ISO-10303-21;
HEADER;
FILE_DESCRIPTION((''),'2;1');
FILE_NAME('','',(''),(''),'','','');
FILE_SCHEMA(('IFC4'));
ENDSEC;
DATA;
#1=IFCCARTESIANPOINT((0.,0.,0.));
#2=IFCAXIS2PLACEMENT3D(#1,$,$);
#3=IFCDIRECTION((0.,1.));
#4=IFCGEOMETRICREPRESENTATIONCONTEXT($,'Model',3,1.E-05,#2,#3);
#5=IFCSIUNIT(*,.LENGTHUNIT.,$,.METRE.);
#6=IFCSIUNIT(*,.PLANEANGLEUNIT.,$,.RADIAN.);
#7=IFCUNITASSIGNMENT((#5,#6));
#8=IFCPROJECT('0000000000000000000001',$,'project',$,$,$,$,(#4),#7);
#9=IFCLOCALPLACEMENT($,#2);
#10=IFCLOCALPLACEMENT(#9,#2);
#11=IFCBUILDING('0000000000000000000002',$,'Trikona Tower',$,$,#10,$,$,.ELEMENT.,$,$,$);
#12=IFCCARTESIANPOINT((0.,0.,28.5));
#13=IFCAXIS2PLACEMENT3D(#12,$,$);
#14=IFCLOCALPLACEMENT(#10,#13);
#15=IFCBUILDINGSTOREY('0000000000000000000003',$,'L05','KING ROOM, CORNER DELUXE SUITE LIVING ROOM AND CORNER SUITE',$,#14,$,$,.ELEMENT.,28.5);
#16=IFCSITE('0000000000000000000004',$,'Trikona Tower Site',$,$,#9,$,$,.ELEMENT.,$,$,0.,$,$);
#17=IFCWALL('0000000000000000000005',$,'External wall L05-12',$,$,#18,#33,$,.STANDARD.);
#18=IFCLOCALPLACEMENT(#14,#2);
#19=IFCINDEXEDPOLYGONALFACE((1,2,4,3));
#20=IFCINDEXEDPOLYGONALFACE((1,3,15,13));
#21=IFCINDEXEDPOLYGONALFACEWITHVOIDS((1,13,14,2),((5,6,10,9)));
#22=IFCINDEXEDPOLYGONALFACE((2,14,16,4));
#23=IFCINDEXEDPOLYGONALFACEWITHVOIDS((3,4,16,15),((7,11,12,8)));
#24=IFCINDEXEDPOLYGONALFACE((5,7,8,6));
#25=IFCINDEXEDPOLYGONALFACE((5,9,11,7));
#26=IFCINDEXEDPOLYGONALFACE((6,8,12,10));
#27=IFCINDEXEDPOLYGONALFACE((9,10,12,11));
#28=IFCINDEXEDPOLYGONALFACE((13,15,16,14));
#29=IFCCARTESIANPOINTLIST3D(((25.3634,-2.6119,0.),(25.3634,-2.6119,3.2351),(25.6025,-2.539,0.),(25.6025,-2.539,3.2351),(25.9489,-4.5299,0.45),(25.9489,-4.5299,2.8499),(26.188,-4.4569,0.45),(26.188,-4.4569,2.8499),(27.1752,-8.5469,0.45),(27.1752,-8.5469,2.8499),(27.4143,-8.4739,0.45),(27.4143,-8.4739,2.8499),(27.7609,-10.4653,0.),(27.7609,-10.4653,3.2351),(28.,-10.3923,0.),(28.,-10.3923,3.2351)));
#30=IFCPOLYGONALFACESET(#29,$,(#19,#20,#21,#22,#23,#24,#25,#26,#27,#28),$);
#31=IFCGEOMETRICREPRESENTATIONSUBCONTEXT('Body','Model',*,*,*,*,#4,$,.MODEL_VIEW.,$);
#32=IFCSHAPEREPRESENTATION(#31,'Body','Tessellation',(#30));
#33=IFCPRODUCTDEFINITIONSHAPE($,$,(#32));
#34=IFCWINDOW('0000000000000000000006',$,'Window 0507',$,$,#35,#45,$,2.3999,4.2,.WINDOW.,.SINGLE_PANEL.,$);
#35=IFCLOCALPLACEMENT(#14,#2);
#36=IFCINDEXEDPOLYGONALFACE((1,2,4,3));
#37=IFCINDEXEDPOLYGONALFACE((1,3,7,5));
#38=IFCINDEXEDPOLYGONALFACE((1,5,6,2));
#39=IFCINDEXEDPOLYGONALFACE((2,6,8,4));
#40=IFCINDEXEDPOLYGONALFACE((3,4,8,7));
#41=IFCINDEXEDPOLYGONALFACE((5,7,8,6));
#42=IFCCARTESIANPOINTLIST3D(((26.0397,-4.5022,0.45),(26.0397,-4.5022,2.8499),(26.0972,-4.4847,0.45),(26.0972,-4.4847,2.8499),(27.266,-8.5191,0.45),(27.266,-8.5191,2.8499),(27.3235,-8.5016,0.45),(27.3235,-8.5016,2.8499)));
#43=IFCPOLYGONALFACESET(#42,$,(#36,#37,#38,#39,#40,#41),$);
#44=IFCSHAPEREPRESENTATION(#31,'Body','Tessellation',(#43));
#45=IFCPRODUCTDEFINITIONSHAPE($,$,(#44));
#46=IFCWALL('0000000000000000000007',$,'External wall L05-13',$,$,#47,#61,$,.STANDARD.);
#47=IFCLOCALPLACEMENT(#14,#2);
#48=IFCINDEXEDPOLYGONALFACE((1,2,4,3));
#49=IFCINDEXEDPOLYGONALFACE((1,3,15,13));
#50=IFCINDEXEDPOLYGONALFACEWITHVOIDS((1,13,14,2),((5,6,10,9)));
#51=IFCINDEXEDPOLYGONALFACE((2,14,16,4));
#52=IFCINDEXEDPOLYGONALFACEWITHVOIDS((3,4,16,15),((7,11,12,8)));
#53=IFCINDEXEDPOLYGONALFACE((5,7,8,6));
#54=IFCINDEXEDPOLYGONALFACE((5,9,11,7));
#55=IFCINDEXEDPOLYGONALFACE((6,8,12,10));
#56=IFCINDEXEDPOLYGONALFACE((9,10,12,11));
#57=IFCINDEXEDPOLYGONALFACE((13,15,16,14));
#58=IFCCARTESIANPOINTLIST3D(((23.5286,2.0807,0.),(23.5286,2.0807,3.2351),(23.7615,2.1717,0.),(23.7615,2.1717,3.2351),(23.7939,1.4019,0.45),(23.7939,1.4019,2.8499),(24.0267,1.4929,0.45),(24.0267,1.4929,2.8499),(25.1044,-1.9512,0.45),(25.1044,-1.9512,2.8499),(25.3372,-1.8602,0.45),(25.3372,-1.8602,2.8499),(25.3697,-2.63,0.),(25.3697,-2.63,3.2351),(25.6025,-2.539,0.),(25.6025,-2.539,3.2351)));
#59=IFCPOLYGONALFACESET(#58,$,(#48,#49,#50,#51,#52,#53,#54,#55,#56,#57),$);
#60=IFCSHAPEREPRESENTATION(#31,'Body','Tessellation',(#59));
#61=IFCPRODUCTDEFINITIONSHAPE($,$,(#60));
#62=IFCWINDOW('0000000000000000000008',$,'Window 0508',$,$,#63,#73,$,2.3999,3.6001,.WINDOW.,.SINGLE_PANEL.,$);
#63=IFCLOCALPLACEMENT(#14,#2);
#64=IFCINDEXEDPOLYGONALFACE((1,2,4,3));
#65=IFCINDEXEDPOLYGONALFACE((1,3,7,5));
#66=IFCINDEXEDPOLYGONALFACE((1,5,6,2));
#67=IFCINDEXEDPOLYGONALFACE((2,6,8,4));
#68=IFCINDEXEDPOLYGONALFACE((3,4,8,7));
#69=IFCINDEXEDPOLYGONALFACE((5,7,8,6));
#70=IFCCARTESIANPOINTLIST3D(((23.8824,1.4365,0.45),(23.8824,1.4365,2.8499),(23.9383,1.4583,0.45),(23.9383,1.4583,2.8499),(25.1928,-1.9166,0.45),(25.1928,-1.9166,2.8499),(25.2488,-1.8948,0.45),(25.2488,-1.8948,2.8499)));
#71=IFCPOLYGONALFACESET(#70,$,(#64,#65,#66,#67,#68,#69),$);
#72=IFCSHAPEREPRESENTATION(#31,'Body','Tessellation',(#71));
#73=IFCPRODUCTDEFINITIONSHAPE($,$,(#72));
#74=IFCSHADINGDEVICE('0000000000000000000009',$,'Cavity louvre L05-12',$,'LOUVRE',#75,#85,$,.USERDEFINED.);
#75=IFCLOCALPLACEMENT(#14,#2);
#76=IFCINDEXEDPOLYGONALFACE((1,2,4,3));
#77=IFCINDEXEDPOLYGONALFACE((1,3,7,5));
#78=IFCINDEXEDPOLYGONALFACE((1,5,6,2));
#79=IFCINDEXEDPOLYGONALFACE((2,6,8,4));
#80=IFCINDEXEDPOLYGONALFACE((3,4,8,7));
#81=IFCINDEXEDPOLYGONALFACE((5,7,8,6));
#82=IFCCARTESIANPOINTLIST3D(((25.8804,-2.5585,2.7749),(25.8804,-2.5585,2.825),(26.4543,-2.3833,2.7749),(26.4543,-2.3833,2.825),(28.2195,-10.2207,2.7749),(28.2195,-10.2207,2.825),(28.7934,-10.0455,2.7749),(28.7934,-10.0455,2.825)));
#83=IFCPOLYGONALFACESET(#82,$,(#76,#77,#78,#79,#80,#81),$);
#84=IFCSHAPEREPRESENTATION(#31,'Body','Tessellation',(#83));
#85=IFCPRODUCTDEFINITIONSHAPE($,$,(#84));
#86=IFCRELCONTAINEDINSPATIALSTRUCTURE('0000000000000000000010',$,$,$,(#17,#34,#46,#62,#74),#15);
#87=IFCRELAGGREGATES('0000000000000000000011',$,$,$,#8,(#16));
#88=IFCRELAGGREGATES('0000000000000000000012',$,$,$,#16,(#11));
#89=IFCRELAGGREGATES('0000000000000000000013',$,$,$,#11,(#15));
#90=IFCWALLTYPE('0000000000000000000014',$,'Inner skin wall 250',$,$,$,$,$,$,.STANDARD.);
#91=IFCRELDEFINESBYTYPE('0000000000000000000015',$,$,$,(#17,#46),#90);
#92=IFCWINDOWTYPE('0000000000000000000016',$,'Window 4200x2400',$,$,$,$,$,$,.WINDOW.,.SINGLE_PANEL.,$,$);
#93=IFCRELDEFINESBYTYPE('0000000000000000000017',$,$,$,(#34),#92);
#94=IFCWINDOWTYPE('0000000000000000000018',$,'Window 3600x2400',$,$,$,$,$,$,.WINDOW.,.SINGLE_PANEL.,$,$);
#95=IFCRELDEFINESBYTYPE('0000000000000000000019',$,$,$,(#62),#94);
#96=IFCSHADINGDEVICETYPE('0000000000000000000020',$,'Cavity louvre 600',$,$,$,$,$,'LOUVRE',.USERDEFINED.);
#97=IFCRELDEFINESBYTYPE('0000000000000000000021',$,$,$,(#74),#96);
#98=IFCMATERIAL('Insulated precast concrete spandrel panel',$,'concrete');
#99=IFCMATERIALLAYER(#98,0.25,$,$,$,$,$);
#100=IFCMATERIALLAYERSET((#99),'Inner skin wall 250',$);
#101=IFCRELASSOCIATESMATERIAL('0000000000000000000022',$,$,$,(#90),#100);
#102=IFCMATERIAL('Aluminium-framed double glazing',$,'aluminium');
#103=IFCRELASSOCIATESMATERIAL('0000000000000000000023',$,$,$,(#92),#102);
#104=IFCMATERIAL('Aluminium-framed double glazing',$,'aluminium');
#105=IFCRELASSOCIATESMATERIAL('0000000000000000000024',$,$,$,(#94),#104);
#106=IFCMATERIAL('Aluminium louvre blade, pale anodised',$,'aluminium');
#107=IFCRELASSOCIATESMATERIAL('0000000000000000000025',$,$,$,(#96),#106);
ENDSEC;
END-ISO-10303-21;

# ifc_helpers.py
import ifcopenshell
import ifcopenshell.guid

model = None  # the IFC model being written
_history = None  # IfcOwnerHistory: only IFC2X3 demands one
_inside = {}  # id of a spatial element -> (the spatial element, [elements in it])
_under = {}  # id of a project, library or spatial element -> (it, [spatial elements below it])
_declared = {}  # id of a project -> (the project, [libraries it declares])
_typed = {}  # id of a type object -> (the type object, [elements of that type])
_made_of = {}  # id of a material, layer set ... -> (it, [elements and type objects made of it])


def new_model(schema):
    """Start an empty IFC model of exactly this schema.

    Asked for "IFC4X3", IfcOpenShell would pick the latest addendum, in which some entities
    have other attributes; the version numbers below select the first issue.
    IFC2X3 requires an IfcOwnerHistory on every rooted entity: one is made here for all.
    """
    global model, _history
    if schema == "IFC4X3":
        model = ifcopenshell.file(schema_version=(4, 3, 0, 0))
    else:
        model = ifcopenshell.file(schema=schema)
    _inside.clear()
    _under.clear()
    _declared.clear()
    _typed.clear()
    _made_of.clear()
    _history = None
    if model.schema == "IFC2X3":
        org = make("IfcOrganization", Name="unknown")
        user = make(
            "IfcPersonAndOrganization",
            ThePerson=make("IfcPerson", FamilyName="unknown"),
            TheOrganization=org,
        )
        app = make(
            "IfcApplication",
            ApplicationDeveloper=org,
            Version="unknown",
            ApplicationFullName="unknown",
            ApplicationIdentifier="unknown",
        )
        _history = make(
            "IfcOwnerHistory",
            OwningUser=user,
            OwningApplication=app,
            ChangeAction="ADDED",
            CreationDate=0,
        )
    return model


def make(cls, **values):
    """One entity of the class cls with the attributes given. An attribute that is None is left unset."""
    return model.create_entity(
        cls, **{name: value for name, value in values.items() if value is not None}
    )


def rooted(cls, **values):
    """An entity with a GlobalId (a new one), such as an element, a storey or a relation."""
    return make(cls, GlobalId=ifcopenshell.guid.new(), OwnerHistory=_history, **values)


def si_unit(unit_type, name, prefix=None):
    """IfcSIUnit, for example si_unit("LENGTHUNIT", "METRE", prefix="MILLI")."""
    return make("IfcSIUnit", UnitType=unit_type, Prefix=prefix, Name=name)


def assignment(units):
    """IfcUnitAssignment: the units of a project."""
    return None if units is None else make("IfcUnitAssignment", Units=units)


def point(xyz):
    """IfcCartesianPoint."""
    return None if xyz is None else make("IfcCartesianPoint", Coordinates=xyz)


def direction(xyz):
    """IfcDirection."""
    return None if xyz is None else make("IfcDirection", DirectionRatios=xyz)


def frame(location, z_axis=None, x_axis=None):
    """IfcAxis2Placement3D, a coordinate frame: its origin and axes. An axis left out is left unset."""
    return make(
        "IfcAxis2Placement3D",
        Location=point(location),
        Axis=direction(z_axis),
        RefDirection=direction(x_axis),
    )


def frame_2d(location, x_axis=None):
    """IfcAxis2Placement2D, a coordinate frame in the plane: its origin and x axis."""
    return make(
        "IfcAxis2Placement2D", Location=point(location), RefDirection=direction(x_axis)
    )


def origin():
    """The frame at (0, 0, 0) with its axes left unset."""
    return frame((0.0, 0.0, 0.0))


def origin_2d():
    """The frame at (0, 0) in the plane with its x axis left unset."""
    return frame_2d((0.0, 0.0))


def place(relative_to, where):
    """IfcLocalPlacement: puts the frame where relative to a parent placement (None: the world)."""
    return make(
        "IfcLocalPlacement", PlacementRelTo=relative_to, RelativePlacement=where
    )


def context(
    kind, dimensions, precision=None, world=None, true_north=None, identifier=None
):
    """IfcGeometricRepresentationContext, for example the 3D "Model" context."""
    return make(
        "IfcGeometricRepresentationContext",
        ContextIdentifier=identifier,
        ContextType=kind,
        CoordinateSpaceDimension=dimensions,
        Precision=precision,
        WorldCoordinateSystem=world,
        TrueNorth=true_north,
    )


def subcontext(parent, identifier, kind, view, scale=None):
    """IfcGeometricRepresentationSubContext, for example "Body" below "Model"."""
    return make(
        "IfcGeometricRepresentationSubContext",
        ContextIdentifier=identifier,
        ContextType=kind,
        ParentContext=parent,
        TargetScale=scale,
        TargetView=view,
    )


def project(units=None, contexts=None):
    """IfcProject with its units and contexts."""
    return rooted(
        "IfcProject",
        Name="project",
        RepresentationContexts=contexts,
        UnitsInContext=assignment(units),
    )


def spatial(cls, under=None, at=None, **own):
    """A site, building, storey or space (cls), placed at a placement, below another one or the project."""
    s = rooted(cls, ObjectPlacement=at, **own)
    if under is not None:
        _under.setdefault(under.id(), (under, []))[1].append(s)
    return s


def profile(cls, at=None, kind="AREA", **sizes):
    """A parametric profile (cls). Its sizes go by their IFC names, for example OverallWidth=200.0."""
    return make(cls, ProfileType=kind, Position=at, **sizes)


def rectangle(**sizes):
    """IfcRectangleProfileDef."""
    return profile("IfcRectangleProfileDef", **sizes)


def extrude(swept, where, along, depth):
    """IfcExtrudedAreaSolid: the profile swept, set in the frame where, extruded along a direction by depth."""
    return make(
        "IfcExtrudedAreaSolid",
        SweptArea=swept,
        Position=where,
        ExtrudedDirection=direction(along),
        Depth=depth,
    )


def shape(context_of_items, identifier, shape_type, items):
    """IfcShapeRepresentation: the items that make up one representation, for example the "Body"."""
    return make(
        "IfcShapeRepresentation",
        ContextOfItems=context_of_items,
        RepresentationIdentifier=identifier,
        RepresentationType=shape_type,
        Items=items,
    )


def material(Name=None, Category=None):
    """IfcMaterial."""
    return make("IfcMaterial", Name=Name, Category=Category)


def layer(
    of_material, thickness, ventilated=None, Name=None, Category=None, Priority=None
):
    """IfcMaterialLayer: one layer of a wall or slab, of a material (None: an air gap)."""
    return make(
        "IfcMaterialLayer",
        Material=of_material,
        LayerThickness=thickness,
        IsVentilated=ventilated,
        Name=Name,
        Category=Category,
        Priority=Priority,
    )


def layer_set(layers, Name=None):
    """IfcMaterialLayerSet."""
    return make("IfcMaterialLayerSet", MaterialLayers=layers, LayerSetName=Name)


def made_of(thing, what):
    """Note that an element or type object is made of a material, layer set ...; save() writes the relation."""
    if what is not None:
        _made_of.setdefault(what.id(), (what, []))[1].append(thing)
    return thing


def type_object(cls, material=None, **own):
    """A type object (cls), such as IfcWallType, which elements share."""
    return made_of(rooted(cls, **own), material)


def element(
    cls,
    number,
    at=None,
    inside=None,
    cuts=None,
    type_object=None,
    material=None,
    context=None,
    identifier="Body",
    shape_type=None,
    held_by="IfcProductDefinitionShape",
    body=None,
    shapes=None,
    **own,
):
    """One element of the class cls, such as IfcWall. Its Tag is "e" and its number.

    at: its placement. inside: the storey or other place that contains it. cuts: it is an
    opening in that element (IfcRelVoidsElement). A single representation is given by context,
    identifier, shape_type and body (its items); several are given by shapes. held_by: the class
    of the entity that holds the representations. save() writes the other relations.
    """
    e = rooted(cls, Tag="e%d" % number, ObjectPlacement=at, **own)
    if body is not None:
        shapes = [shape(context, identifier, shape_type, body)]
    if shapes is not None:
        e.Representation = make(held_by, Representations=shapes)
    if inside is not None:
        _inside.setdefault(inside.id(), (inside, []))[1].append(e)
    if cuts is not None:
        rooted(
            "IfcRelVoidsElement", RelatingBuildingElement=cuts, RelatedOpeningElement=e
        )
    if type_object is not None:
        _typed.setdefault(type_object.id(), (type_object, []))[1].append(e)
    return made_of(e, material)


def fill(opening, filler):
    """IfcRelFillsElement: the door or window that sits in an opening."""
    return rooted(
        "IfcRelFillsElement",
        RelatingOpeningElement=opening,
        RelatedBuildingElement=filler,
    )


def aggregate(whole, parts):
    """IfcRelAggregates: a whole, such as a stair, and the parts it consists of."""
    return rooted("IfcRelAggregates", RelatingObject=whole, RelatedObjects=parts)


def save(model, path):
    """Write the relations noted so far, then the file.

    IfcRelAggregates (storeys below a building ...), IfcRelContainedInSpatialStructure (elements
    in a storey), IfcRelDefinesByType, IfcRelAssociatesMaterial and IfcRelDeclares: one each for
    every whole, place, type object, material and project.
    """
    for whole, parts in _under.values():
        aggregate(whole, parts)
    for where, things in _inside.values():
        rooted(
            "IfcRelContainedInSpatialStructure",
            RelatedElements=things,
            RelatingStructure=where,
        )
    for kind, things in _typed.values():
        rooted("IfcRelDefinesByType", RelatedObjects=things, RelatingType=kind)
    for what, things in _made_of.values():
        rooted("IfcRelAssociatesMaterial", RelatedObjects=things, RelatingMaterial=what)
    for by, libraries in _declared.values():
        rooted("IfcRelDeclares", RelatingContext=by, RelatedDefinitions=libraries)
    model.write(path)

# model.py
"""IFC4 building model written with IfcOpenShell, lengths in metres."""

from ifc_helpers import new_model, si_unit, direction, frame, frame_2d, origin, origin_2d, place, context, subcontext, project, spatial, rectangle, extrude, material, layer, layer_set, type_object, element, fill, save


model = new_model("IFC4")

# Units and contexts
model_context = context("Model", 3, precision=1e-05, world=origin(), true_north=direction((0.0, 1.0)))
body_context = subcontext(model_context, "Body", "Model", "MODEL_VIEW")
ifc_project = project(units=[si_unit("LENGTHUNIT", "METRE"), si_unit("PLANEANGLEUNIT", "RADIAN")], contexts=[model_context])

# Site, building, storey
site_placement = place(None, origin())
site = spatial("IfcSite", under=ifc_project, at=site_placement, Name="Trikona Tower Site", CompositionType="ELEMENT", RefElevation=0.0)
building_placement = place(site_placement, origin())
building = spatial("IfcBuilding", under=site, at=building_placement, Name="Trikona Tower", CompositionType="ELEMENT")
storey_placement = place(building_placement, frame((0.0, 0.0, 28.5)))
storey = spatial("IfcBuildingStorey", under=building, at=storey_placement, Name="L05", Description="KING ROOM, CORNER DELUXE SUITE LIVING ROOM AND CORNER SUITE", CompositionType="ELEMENT", Elevation=28.5)

# Walls, openings, windows
ifc_material_1 = material(Name="Insulated precast concrete spandrel panel", Category="concrete")
ifc_layer_1 = layer(ifc_material_1, 0.25)
ifc_layer_set_1 = layer_set([ifc_layer_1], Name="Inner skin wall 250")
wall_type = type_object("IfcWallType", Name="Inner skin wall 250", PredefinedType="STANDARD", material=ifc_layer_set_1)
wall_1_placement = place(storey_placement, frame((27.8804, -10.4287, 0.0), z_axis=(0.0, 0.0, 1.0), x_axis=(-0.291979, 0.956425, 0.0)))
wall_1 = element("IfcWall", 1, at=wall_1_placement, inside=storey, type_object=wall_type, Name="External wall L05-12", PredefinedType="STANDARD", context=body_context, shape_type="SweptSolid", body=[
    extrude(rectangle(XDim=8.2112, YDim=0.25, at=frame_2d((4.1055, 0.0))), origin(), (0.0, 0.0, 1.0), 3.2351),
])
opening_1_placement = place(wall_1_placement, frame((2.0056, 0.0, 0.45)))
opening_1 = element("IfcOpeningElement", 2, at=opening_1_placement, cuts=wall_1, PredefinedType="OPENING", context=body_context, shape_type="SweptSolid", body=[
    extrude(rectangle(XDim=4.2, YDim=2.3999, at=frame_2d((2.1001, 1.2))), frame((0.0, 0.135, 0.0), z_axis=(0.0, -1.0, 0.0), x_axis=(1.0, 0.0, 0.0)), (0.0, 0.0, 1.0), 0.27),
])
ifc_material_2 = material(Name="Aluminium-framed double glazing", Category="aluminium")
window_type_1 = type_object("IfcWindowType", Name="Window 4200x2400", PartitioningType="SINGLE_PANEL", PredefinedType="WINDOW", material=ifc_material_2)
window_1_placement = place(opening_1_placement, origin())
window_1 = element("IfcWindow", 3, at=window_1_placement, inside=storey, type_object=window_type_1, Name="Window 0507", OverallHeight=2.3999, OverallWidth=4.2, PartitioningType="SINGLE_PANEL", PredefinedType="WINDOW", context=body_context, shape_type="SweptSolid", body=[
    extrude(rectangle(XDim=4.2, YDim=2.3999, at=frame_2d((2.1001, 1.2))), frame((0.0, 0.03, 0.0), z_axis=(0.0, -1.0, 0.0), x_axis=(1.0, 0.0, 0.0)), (0.0, 0.0, 1.0), 0.0601),
])
fill(opening_1, window_1)
wall_2_placement = place(storey_placement, frame((25.4861, -2.5845, 0.0), z_axis=(0.0, 0.0, 1.0), x_axis=(-0.364013, 0.931394, 0.0)))
wall_2 = element("IfcWall", 4, at=wall_2_placement, inside=storey, type_object=wall_type, Name="External wall L05-13", PredefinedType="STANDARD", context=body_context, shape_type="SweptSolid", body=[
    extrude(rectangle(XDim=5.0576, YDim=0.25, at=frame_2d((2.5288, 0.0))), origin(), (0.0, 0.0, 1.0), 3.2351),
])
opening_2_placement = place(wall_2_placement, frame((0.7288, 0.0, 0.45)))
opening_2 = element("IfcOpeningElement", 5, at=opening_2_placement, cuts=wall_2, PredefinedType="OPENING", context=body_context, shape_type="SweptSolid", body=[
    extrude(rectangle(XDim=3.6001, YDim=2.3999, at=frame_2d((1.8, 1.2))), frame((0.0, 0.135, 0.0), z_axis=(0.0, -1.0, 0.0), x_axis=(1.0, 0.0, 0.0)), (0.0, 0.0, 1.0), 0.27),
])
ifc_material_3 = material(Name="Aluminium-framed double glazing", Category="aluminium")
window_type_2 = type_object("IfcWindowType", Name="Window 3600x2400", PartitioningType="SINGLE_PANEL", PredefinedType="WINDOW", material=ifc_material_3)
window_2_placement = place(opening_2_placement, origin())
window_2 = element("IfcWindow", 6, at=window_2_placement, inside=storey, type_object=window_type_2, Name="Window 0508", OverallHeight=2.3999, OverallWidth=3.6001, PartitioningType="SINGLE_PANEL", PredefinedType="WINDOW", context=body_context, shape_type="SweptSolid", body=[
    extrude(rectangle(XDim=3.6001, YDim=2.3999, at=frame_2d((1.8, 1.2))), frame((0.0, 0.03, 0.0), z_axis=(0.0, -1.0, 0.0), x_axis=(1.0, 0.0, 0.0)), (0.0, 0.0, 1.0), 0.0601),
])
fill(opening_2, window_2)

# Shading device
ifc_material_4 = material(Name="Aluminium louvre blade, pale anodised", Category="aluminium")
shading_device_type = type_object("IfcShadingDeviceType", Name="Cavity louvre 600", ElementType="LOUVRE", PredefinedType="USERDEFINED", material=ifc_material_4)
shading_device_placement = place(storey_placement, frame((27.3369, -6.302, 2.7749), z_axis=(0.0, 0.0, 1.0), x_axis=(-0.291979, 0.956425, 0.0)))
element("IfcShadingDevice", 7, at=shading_device_placement, inside=storey, type_object=shading_device_type, Name="Cavity louvre L05-12", ObjectType="LOUVRE", PredefinedType="USERDEFINED", context=body_context, shape_type="SweptSolid", body=[
    extrude(rectangle(XDim=8.0112, YDim=0.6001, at=origin_2d()), origin(), (0.0, 0.0, 1.0), 0.05),
])

save(model, "model.ifc")
